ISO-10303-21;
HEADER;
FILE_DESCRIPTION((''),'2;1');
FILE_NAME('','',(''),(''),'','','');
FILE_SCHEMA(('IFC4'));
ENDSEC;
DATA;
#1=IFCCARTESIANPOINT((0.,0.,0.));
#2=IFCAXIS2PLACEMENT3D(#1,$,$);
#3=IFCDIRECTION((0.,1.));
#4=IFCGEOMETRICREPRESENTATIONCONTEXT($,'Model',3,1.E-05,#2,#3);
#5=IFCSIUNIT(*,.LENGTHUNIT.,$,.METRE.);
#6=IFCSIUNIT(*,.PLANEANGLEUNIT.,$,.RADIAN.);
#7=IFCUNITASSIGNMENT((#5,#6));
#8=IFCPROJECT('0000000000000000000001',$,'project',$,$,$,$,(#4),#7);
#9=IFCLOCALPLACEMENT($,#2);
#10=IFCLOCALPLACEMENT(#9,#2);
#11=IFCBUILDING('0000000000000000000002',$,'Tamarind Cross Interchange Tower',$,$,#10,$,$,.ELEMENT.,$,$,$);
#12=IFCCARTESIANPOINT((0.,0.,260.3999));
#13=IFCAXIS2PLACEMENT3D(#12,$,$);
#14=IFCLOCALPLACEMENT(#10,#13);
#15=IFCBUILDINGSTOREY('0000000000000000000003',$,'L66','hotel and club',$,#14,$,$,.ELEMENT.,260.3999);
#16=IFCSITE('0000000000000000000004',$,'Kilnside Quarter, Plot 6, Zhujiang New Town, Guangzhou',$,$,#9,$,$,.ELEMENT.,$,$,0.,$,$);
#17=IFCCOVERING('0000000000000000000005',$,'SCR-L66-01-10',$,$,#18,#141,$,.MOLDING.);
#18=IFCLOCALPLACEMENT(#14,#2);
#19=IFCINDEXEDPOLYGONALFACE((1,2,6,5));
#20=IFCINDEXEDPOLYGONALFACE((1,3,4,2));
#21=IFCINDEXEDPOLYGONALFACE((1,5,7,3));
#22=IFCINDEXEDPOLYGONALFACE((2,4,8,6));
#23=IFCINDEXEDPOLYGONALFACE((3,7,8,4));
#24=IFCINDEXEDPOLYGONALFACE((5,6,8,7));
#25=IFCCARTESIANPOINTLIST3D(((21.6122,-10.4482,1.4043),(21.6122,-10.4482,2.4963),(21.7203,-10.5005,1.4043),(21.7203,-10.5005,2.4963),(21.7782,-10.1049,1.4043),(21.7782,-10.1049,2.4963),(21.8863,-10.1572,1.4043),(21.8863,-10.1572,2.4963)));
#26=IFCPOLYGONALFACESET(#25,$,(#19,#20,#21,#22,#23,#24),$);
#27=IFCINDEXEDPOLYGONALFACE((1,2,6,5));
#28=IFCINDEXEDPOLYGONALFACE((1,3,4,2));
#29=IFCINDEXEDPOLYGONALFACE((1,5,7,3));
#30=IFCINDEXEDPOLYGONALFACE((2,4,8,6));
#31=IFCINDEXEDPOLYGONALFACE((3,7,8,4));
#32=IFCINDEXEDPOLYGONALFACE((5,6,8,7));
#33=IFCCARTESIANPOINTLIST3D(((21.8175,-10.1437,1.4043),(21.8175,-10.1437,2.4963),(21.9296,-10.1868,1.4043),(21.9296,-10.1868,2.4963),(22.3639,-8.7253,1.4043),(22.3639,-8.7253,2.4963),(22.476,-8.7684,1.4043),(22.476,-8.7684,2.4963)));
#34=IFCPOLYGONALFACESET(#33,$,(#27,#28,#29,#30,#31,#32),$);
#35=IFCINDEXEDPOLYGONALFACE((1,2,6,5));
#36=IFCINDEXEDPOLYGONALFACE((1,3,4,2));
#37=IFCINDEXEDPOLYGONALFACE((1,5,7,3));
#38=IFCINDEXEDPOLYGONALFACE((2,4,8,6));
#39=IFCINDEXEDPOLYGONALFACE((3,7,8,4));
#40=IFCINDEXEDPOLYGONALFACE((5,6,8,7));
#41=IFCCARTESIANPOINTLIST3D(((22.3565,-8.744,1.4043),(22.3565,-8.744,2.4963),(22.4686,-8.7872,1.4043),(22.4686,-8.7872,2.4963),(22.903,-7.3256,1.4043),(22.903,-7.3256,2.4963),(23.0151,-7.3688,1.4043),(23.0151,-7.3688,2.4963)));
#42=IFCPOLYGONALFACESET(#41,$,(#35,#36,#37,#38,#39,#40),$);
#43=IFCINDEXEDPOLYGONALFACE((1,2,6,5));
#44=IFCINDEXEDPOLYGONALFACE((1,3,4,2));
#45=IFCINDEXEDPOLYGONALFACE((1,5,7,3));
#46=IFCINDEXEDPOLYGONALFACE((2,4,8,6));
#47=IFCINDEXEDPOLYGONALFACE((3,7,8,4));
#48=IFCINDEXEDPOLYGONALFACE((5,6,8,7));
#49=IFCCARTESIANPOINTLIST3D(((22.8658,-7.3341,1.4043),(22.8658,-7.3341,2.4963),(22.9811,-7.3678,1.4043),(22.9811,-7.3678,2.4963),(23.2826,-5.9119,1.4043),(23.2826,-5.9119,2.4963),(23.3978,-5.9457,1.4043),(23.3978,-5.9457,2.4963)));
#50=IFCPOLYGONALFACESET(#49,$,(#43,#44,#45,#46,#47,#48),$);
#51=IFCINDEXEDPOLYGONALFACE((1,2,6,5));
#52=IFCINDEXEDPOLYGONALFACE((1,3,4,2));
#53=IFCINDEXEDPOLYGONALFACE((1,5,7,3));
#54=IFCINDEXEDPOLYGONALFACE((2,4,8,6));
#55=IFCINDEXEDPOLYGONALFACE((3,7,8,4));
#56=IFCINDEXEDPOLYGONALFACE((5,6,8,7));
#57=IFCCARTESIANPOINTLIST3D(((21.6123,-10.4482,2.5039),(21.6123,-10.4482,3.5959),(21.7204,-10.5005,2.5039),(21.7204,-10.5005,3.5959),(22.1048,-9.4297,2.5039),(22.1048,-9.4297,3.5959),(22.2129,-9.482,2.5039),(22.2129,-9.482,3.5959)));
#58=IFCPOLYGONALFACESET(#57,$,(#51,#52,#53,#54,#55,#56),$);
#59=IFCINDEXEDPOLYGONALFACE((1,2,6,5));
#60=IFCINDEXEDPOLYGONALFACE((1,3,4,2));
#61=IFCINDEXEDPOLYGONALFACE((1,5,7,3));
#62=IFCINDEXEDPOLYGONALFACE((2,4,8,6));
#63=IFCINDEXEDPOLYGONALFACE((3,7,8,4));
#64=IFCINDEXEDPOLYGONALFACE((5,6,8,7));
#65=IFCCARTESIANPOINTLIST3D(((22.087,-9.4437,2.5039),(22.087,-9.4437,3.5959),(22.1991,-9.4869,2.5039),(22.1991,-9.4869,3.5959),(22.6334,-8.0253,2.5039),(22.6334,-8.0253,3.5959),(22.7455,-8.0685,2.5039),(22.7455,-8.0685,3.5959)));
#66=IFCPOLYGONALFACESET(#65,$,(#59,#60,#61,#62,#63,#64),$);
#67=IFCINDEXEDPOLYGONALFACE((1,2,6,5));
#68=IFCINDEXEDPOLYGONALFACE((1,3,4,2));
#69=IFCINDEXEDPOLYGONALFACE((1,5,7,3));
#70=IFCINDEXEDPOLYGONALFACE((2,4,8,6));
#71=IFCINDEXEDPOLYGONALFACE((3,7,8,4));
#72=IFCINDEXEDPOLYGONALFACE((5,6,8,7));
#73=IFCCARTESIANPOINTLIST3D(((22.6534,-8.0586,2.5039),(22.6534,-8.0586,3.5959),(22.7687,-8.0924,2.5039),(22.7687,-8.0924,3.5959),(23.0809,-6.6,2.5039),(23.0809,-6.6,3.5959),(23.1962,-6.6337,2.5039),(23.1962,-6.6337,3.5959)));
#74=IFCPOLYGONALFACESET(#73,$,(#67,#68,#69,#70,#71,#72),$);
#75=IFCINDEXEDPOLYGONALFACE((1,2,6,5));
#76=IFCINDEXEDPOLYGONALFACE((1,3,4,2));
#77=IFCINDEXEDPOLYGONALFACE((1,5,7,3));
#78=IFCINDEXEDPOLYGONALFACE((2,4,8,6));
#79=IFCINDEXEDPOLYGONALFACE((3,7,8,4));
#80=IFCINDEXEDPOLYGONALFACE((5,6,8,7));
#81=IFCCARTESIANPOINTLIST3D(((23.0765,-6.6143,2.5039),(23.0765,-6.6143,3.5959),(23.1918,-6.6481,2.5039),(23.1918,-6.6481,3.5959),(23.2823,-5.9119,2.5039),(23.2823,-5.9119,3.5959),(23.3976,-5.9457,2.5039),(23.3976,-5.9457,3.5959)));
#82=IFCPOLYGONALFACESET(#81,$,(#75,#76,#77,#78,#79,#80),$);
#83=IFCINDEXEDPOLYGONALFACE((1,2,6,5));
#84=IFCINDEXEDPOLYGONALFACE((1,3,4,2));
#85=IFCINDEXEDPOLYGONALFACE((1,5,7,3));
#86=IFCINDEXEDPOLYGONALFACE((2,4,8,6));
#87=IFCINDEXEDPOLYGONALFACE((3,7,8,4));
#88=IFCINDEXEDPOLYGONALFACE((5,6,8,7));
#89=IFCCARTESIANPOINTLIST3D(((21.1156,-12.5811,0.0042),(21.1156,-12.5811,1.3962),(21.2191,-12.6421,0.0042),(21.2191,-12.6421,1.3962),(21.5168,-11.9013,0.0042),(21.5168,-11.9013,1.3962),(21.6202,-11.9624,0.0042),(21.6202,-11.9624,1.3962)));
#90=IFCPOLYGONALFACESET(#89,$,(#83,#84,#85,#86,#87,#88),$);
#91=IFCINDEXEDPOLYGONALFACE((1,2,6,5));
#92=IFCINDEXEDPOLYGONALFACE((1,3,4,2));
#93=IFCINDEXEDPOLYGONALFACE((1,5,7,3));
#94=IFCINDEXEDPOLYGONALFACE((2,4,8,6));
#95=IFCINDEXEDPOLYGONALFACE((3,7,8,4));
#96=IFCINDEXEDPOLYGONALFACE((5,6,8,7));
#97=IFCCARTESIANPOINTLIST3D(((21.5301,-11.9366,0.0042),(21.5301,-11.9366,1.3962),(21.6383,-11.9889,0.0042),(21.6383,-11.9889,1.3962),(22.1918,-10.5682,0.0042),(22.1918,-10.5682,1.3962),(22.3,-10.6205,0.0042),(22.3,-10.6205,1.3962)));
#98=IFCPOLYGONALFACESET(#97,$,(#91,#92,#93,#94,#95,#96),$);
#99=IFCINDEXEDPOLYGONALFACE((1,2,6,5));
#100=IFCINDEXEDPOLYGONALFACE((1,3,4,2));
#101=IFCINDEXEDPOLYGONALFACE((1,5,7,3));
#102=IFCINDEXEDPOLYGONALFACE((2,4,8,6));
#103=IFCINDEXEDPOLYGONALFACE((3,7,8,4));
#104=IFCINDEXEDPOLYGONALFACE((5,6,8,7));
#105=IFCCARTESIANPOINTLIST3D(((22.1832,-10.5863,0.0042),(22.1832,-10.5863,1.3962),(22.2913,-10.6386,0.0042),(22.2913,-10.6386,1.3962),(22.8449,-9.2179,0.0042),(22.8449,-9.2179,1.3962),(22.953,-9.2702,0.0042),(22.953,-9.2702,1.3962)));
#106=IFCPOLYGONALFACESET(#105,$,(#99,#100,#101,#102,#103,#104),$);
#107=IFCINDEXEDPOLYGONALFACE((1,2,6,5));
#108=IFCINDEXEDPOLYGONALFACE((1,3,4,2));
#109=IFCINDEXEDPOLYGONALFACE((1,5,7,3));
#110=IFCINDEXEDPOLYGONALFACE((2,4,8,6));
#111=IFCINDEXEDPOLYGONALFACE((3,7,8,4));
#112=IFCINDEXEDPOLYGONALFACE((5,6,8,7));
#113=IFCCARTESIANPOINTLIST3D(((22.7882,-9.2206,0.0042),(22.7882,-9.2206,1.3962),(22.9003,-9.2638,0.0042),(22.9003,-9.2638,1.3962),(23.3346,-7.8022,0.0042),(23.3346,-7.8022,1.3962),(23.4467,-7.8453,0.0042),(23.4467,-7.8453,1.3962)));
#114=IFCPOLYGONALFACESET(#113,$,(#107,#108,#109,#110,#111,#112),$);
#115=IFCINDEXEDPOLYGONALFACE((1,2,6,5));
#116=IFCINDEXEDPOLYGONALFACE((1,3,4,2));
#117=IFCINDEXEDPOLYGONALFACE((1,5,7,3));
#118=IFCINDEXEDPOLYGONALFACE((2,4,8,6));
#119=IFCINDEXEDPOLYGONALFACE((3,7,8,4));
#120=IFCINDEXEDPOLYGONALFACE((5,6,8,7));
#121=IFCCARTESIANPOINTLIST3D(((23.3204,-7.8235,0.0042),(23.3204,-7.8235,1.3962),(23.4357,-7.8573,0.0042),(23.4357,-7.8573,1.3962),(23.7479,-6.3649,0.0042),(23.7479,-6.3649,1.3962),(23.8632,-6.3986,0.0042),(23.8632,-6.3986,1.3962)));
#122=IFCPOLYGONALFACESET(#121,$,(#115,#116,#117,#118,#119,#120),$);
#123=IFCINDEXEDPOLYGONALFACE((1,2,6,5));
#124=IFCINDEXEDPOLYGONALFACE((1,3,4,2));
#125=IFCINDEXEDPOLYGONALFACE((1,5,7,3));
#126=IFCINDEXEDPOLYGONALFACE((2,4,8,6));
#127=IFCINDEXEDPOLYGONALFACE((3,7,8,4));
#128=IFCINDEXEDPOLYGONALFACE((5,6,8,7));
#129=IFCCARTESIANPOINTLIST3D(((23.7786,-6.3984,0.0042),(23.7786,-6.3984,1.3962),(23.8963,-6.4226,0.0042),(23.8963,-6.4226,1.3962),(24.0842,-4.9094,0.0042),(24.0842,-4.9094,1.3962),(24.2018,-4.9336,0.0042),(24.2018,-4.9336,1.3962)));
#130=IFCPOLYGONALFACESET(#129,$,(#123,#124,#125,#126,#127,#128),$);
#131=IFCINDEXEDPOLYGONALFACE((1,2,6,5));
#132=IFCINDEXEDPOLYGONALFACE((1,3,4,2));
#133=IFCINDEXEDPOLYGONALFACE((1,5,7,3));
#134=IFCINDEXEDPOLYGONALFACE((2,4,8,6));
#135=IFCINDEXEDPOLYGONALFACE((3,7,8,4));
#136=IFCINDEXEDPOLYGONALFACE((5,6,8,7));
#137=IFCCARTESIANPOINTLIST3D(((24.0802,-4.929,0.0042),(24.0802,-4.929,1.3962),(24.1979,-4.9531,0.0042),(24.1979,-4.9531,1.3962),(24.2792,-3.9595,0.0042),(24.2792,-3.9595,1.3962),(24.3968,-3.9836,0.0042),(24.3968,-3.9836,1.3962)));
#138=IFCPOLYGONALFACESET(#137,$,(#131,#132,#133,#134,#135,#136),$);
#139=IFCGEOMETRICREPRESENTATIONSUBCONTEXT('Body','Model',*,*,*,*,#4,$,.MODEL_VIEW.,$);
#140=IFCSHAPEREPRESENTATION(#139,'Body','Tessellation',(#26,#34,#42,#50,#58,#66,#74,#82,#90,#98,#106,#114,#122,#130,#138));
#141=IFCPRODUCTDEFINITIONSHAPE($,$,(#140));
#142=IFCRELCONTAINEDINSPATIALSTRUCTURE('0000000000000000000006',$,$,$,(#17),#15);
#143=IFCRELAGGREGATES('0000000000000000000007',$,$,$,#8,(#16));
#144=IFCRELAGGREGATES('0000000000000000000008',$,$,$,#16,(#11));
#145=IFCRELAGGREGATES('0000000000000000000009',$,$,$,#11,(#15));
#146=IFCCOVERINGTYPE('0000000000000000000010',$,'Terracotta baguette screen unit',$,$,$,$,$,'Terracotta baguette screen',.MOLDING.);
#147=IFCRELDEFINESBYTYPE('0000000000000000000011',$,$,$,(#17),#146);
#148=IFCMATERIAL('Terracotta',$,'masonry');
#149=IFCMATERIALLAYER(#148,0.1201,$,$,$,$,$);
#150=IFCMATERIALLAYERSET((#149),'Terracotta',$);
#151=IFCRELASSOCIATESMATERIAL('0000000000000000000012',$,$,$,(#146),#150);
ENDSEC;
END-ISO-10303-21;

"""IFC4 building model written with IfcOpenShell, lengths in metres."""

from ifc_helpers import new_model, si_unit, direction, frame, origin, origin_2d, place, context, subcontext, project, spatial, rectangle, extrude, material, layer, layer_set, type_object, element, save


model = new_model("IFC4")

# Units and contexts
model_context = context("Model", 3, precision=1e-05, world=origin(), true_north=direction((0.0, 1.0)))
body_context = subcontext(model_context, "Body", "Model", "MODEL_VIEW")
ifc_project = project(units=[si_unit("LENGTHUNIT", "METRE"), si_unit("PLANEANGLEUNIT", "RADIAN")], contexts=[model_context])

# Site, building, storey
site_placement = place(None, origin())
site = spatial("IfcSite", under=ifc_project, at=site_placement, Name="Kilnside Quarter, Plot 6, Zhujiang New Town, Guangzhou", CompositionType="ELEMENT", RefElevation=0.0)
building_placement = place(site_placement, origin())
building = spatial("IfcBuilding", under=site, at=building_placement, Name="Tamarind Cross Interchange Tower", CompositionType="ELEMENT")
storey_placement = place(building_placement, frame((0.0, 0.0, 260.3999)))
storey = spatial("IfcBuildingStorey", under=building, at=storey_placement, Name="L66", Description="hotel and club", CompositionType="ELEMENT", Elevation=260.3999)

# Covering
ifc_material_1 = material(Name="Terracotta", Category="masonry")
ifc_layer_1 = layer(ifc_material_1, 0.1201)
ifc_layer_set_1 = layer_set([ifc_layer_1], Name="Terracotta")
covering_type = type_object("IfcCoveringType", Name="Terracotta baguette screen unit", ElementType="Terracotta baguette screen", PredefinedType="MOLDING", material=ifc_layer_set_1)
covering_1_placement = place(storey_placement, origin())
element("IfcCovering", 1, at=covering_1_placement, inside=storey, type_object=covering_type, Name="SCR-L66-01-10", PredefinedType="MOLDING", context=body_context, shape_type="SweptSolid", body=[
    extrude(rectangle(XDim=0.3813, YDim=0.1201, at=origin_2d()), frame((21.7493, -10.3027, 1.4043), z_axis=(0.0, 0.0, 1.0), x_axis=(0.435326, 0.900273, 0.0)), (0.0, 0.0, 1.0), 1.092),
    extrude(rectangle(XDim=1.52, YDim=0.1201, at=origin_2d()), frame((22.1467, -9.4561, 1.4043), z_axis=(0.0, 0.0, 1.0), x_axis=(0.359495, 0.933147, 0.0)), (0.0, 0.0, 1.0), 1.092),
    extrude(rectangle(XDim=1.52, YDim=0.1201, at=origin_2d()), frame((22.6858, -8.0564, 1.4043), z_axis=(0.0, 0.0, 1.0), x_axis=(0.359495, 0.933147, 0.0)), (0.0, 0.0, 1.0), 1.092),
    extrude(rectangle(XDim=1.4819, YDim=0.1201, at=origin_2d()), frame((23.1318, -6.6399, 1.4043), z_axis=(0.0, 0.0, 1.0), x_axis=(0.281209, 0.959647, 0.0)), (0.0, 0.0, 1.0), 1.092),
    extrude(rectangle(XDim=1.1313, YDim=0.1201, at=origin_2d()), frame((21.9126, -9.9651, 2.5039), z_axis=(0.0, 0.0, 1.0), x_axis=(0.435326, 0.900273, 0.0)), (0.0, 0.0, 1.0), 1.092),
    extrude(rectangle(XDim=1.52, YDim=0.1201, at=origin_2d()), frame((22.4163, -8.7561, 2.5039), z_axis=(0.0, 0.0, 1.0), x_axis=(0.359495, 0.933147, 0.0)), (0.0, 0.0, 1.0), 1.092),
    extrude(rectangle(XDim=1.52, YDim=0.1201, at=origin_2d()), frame((22.9248, -7.3462, 2.5039), z_axis=(0.0, 0.0, 1.0), x_axis=(0.281209, 0.959647, 0.0)), (0.0, 0.0, 1.0), 1.092),
    extrude(rectangle(XDim=0.7319, YDim=0.1201, at=origin_2d()), frame((23.2371, -6.28, 2.5039), z_axis=(0.0, 0.0, 1.0), x_axis=(0.281209, 0.959647, 0.0)), (0.0, 0.0, 1.0), 1.092),
    extrude(rectangle(XDim=0.7893, YDim=0.1201, at=origin_2d()), frame((21.3679, -12.2717, 0.0042), z_axis=(0.0, 0.0, 1.0), x_axis=(0.508183, 0.861249, 0.0)), (0.0, 0.0, 1.0), 1.3921),
    extrude(rectangle(XDim=1.52, YDim=0.1201, at=origin_2d()), frame((21.915, -11.2786, 0.0042), z_axis=(0.0, 0.0, 1.0), x_axis=(0.435326, 0.900273, 0.0)), (0.0, 0.0, 1.0), 1.3921),
    extrude(rectangle(XDim=1.52, YDim=0.1201, at=origin_2d()), frame((22.5681, -9.9282, 0.0042), z_axis=(0.0, 0.0, 1.0), x_axis=(0.435326, 0.900273, 0.0)), (0.0, 0.0, 1.0), 1.3921),
    extrude(rectangle(XDim=1.52, YDim=0.1201, at=origin_2d()), frame((23.1174, -8.533, 0.0042), z_axis=(0.0, 0.0, 1.0), x_axis=(0.359495, 0.933147, 0.0)), (0.0, 0.0, 1.0), 1.3921),
    extrude(rectangle(XDim=1.52, YDim=0.1201, at=origin_2d()), frame((23.5918, -7.1111, 0.0042), z_axis=(0.0, 0.0, 1.0), x_axis=(0.281209, 0.959647, 0.0)), (0.0, 0.0, 1.0), 1.3921),
    extrude(rectangle(XDim=1.52, YDim=0.1201, at=origin_2d()), frame((23.9902, -5.666, 0.0042), z_axis=(0.0, 0.0, 1.0), x_axis=(0.201001, 0.979591, 0.0)), (0.0, 0.0, 1.0), 1.3921),
    extrude(rectangle(XDim=0.9897, YDim=0.1201, at=origin_2d()), frame((24.2385, -4.4563, 0.0042), z_axis=(0.0, 0.0, 1.0), x_axis=(0.201001, 0.979591, 0.0)), (0.0, 0.0, 1.0), 1.3921),
])

save(model, "model.ifc")
